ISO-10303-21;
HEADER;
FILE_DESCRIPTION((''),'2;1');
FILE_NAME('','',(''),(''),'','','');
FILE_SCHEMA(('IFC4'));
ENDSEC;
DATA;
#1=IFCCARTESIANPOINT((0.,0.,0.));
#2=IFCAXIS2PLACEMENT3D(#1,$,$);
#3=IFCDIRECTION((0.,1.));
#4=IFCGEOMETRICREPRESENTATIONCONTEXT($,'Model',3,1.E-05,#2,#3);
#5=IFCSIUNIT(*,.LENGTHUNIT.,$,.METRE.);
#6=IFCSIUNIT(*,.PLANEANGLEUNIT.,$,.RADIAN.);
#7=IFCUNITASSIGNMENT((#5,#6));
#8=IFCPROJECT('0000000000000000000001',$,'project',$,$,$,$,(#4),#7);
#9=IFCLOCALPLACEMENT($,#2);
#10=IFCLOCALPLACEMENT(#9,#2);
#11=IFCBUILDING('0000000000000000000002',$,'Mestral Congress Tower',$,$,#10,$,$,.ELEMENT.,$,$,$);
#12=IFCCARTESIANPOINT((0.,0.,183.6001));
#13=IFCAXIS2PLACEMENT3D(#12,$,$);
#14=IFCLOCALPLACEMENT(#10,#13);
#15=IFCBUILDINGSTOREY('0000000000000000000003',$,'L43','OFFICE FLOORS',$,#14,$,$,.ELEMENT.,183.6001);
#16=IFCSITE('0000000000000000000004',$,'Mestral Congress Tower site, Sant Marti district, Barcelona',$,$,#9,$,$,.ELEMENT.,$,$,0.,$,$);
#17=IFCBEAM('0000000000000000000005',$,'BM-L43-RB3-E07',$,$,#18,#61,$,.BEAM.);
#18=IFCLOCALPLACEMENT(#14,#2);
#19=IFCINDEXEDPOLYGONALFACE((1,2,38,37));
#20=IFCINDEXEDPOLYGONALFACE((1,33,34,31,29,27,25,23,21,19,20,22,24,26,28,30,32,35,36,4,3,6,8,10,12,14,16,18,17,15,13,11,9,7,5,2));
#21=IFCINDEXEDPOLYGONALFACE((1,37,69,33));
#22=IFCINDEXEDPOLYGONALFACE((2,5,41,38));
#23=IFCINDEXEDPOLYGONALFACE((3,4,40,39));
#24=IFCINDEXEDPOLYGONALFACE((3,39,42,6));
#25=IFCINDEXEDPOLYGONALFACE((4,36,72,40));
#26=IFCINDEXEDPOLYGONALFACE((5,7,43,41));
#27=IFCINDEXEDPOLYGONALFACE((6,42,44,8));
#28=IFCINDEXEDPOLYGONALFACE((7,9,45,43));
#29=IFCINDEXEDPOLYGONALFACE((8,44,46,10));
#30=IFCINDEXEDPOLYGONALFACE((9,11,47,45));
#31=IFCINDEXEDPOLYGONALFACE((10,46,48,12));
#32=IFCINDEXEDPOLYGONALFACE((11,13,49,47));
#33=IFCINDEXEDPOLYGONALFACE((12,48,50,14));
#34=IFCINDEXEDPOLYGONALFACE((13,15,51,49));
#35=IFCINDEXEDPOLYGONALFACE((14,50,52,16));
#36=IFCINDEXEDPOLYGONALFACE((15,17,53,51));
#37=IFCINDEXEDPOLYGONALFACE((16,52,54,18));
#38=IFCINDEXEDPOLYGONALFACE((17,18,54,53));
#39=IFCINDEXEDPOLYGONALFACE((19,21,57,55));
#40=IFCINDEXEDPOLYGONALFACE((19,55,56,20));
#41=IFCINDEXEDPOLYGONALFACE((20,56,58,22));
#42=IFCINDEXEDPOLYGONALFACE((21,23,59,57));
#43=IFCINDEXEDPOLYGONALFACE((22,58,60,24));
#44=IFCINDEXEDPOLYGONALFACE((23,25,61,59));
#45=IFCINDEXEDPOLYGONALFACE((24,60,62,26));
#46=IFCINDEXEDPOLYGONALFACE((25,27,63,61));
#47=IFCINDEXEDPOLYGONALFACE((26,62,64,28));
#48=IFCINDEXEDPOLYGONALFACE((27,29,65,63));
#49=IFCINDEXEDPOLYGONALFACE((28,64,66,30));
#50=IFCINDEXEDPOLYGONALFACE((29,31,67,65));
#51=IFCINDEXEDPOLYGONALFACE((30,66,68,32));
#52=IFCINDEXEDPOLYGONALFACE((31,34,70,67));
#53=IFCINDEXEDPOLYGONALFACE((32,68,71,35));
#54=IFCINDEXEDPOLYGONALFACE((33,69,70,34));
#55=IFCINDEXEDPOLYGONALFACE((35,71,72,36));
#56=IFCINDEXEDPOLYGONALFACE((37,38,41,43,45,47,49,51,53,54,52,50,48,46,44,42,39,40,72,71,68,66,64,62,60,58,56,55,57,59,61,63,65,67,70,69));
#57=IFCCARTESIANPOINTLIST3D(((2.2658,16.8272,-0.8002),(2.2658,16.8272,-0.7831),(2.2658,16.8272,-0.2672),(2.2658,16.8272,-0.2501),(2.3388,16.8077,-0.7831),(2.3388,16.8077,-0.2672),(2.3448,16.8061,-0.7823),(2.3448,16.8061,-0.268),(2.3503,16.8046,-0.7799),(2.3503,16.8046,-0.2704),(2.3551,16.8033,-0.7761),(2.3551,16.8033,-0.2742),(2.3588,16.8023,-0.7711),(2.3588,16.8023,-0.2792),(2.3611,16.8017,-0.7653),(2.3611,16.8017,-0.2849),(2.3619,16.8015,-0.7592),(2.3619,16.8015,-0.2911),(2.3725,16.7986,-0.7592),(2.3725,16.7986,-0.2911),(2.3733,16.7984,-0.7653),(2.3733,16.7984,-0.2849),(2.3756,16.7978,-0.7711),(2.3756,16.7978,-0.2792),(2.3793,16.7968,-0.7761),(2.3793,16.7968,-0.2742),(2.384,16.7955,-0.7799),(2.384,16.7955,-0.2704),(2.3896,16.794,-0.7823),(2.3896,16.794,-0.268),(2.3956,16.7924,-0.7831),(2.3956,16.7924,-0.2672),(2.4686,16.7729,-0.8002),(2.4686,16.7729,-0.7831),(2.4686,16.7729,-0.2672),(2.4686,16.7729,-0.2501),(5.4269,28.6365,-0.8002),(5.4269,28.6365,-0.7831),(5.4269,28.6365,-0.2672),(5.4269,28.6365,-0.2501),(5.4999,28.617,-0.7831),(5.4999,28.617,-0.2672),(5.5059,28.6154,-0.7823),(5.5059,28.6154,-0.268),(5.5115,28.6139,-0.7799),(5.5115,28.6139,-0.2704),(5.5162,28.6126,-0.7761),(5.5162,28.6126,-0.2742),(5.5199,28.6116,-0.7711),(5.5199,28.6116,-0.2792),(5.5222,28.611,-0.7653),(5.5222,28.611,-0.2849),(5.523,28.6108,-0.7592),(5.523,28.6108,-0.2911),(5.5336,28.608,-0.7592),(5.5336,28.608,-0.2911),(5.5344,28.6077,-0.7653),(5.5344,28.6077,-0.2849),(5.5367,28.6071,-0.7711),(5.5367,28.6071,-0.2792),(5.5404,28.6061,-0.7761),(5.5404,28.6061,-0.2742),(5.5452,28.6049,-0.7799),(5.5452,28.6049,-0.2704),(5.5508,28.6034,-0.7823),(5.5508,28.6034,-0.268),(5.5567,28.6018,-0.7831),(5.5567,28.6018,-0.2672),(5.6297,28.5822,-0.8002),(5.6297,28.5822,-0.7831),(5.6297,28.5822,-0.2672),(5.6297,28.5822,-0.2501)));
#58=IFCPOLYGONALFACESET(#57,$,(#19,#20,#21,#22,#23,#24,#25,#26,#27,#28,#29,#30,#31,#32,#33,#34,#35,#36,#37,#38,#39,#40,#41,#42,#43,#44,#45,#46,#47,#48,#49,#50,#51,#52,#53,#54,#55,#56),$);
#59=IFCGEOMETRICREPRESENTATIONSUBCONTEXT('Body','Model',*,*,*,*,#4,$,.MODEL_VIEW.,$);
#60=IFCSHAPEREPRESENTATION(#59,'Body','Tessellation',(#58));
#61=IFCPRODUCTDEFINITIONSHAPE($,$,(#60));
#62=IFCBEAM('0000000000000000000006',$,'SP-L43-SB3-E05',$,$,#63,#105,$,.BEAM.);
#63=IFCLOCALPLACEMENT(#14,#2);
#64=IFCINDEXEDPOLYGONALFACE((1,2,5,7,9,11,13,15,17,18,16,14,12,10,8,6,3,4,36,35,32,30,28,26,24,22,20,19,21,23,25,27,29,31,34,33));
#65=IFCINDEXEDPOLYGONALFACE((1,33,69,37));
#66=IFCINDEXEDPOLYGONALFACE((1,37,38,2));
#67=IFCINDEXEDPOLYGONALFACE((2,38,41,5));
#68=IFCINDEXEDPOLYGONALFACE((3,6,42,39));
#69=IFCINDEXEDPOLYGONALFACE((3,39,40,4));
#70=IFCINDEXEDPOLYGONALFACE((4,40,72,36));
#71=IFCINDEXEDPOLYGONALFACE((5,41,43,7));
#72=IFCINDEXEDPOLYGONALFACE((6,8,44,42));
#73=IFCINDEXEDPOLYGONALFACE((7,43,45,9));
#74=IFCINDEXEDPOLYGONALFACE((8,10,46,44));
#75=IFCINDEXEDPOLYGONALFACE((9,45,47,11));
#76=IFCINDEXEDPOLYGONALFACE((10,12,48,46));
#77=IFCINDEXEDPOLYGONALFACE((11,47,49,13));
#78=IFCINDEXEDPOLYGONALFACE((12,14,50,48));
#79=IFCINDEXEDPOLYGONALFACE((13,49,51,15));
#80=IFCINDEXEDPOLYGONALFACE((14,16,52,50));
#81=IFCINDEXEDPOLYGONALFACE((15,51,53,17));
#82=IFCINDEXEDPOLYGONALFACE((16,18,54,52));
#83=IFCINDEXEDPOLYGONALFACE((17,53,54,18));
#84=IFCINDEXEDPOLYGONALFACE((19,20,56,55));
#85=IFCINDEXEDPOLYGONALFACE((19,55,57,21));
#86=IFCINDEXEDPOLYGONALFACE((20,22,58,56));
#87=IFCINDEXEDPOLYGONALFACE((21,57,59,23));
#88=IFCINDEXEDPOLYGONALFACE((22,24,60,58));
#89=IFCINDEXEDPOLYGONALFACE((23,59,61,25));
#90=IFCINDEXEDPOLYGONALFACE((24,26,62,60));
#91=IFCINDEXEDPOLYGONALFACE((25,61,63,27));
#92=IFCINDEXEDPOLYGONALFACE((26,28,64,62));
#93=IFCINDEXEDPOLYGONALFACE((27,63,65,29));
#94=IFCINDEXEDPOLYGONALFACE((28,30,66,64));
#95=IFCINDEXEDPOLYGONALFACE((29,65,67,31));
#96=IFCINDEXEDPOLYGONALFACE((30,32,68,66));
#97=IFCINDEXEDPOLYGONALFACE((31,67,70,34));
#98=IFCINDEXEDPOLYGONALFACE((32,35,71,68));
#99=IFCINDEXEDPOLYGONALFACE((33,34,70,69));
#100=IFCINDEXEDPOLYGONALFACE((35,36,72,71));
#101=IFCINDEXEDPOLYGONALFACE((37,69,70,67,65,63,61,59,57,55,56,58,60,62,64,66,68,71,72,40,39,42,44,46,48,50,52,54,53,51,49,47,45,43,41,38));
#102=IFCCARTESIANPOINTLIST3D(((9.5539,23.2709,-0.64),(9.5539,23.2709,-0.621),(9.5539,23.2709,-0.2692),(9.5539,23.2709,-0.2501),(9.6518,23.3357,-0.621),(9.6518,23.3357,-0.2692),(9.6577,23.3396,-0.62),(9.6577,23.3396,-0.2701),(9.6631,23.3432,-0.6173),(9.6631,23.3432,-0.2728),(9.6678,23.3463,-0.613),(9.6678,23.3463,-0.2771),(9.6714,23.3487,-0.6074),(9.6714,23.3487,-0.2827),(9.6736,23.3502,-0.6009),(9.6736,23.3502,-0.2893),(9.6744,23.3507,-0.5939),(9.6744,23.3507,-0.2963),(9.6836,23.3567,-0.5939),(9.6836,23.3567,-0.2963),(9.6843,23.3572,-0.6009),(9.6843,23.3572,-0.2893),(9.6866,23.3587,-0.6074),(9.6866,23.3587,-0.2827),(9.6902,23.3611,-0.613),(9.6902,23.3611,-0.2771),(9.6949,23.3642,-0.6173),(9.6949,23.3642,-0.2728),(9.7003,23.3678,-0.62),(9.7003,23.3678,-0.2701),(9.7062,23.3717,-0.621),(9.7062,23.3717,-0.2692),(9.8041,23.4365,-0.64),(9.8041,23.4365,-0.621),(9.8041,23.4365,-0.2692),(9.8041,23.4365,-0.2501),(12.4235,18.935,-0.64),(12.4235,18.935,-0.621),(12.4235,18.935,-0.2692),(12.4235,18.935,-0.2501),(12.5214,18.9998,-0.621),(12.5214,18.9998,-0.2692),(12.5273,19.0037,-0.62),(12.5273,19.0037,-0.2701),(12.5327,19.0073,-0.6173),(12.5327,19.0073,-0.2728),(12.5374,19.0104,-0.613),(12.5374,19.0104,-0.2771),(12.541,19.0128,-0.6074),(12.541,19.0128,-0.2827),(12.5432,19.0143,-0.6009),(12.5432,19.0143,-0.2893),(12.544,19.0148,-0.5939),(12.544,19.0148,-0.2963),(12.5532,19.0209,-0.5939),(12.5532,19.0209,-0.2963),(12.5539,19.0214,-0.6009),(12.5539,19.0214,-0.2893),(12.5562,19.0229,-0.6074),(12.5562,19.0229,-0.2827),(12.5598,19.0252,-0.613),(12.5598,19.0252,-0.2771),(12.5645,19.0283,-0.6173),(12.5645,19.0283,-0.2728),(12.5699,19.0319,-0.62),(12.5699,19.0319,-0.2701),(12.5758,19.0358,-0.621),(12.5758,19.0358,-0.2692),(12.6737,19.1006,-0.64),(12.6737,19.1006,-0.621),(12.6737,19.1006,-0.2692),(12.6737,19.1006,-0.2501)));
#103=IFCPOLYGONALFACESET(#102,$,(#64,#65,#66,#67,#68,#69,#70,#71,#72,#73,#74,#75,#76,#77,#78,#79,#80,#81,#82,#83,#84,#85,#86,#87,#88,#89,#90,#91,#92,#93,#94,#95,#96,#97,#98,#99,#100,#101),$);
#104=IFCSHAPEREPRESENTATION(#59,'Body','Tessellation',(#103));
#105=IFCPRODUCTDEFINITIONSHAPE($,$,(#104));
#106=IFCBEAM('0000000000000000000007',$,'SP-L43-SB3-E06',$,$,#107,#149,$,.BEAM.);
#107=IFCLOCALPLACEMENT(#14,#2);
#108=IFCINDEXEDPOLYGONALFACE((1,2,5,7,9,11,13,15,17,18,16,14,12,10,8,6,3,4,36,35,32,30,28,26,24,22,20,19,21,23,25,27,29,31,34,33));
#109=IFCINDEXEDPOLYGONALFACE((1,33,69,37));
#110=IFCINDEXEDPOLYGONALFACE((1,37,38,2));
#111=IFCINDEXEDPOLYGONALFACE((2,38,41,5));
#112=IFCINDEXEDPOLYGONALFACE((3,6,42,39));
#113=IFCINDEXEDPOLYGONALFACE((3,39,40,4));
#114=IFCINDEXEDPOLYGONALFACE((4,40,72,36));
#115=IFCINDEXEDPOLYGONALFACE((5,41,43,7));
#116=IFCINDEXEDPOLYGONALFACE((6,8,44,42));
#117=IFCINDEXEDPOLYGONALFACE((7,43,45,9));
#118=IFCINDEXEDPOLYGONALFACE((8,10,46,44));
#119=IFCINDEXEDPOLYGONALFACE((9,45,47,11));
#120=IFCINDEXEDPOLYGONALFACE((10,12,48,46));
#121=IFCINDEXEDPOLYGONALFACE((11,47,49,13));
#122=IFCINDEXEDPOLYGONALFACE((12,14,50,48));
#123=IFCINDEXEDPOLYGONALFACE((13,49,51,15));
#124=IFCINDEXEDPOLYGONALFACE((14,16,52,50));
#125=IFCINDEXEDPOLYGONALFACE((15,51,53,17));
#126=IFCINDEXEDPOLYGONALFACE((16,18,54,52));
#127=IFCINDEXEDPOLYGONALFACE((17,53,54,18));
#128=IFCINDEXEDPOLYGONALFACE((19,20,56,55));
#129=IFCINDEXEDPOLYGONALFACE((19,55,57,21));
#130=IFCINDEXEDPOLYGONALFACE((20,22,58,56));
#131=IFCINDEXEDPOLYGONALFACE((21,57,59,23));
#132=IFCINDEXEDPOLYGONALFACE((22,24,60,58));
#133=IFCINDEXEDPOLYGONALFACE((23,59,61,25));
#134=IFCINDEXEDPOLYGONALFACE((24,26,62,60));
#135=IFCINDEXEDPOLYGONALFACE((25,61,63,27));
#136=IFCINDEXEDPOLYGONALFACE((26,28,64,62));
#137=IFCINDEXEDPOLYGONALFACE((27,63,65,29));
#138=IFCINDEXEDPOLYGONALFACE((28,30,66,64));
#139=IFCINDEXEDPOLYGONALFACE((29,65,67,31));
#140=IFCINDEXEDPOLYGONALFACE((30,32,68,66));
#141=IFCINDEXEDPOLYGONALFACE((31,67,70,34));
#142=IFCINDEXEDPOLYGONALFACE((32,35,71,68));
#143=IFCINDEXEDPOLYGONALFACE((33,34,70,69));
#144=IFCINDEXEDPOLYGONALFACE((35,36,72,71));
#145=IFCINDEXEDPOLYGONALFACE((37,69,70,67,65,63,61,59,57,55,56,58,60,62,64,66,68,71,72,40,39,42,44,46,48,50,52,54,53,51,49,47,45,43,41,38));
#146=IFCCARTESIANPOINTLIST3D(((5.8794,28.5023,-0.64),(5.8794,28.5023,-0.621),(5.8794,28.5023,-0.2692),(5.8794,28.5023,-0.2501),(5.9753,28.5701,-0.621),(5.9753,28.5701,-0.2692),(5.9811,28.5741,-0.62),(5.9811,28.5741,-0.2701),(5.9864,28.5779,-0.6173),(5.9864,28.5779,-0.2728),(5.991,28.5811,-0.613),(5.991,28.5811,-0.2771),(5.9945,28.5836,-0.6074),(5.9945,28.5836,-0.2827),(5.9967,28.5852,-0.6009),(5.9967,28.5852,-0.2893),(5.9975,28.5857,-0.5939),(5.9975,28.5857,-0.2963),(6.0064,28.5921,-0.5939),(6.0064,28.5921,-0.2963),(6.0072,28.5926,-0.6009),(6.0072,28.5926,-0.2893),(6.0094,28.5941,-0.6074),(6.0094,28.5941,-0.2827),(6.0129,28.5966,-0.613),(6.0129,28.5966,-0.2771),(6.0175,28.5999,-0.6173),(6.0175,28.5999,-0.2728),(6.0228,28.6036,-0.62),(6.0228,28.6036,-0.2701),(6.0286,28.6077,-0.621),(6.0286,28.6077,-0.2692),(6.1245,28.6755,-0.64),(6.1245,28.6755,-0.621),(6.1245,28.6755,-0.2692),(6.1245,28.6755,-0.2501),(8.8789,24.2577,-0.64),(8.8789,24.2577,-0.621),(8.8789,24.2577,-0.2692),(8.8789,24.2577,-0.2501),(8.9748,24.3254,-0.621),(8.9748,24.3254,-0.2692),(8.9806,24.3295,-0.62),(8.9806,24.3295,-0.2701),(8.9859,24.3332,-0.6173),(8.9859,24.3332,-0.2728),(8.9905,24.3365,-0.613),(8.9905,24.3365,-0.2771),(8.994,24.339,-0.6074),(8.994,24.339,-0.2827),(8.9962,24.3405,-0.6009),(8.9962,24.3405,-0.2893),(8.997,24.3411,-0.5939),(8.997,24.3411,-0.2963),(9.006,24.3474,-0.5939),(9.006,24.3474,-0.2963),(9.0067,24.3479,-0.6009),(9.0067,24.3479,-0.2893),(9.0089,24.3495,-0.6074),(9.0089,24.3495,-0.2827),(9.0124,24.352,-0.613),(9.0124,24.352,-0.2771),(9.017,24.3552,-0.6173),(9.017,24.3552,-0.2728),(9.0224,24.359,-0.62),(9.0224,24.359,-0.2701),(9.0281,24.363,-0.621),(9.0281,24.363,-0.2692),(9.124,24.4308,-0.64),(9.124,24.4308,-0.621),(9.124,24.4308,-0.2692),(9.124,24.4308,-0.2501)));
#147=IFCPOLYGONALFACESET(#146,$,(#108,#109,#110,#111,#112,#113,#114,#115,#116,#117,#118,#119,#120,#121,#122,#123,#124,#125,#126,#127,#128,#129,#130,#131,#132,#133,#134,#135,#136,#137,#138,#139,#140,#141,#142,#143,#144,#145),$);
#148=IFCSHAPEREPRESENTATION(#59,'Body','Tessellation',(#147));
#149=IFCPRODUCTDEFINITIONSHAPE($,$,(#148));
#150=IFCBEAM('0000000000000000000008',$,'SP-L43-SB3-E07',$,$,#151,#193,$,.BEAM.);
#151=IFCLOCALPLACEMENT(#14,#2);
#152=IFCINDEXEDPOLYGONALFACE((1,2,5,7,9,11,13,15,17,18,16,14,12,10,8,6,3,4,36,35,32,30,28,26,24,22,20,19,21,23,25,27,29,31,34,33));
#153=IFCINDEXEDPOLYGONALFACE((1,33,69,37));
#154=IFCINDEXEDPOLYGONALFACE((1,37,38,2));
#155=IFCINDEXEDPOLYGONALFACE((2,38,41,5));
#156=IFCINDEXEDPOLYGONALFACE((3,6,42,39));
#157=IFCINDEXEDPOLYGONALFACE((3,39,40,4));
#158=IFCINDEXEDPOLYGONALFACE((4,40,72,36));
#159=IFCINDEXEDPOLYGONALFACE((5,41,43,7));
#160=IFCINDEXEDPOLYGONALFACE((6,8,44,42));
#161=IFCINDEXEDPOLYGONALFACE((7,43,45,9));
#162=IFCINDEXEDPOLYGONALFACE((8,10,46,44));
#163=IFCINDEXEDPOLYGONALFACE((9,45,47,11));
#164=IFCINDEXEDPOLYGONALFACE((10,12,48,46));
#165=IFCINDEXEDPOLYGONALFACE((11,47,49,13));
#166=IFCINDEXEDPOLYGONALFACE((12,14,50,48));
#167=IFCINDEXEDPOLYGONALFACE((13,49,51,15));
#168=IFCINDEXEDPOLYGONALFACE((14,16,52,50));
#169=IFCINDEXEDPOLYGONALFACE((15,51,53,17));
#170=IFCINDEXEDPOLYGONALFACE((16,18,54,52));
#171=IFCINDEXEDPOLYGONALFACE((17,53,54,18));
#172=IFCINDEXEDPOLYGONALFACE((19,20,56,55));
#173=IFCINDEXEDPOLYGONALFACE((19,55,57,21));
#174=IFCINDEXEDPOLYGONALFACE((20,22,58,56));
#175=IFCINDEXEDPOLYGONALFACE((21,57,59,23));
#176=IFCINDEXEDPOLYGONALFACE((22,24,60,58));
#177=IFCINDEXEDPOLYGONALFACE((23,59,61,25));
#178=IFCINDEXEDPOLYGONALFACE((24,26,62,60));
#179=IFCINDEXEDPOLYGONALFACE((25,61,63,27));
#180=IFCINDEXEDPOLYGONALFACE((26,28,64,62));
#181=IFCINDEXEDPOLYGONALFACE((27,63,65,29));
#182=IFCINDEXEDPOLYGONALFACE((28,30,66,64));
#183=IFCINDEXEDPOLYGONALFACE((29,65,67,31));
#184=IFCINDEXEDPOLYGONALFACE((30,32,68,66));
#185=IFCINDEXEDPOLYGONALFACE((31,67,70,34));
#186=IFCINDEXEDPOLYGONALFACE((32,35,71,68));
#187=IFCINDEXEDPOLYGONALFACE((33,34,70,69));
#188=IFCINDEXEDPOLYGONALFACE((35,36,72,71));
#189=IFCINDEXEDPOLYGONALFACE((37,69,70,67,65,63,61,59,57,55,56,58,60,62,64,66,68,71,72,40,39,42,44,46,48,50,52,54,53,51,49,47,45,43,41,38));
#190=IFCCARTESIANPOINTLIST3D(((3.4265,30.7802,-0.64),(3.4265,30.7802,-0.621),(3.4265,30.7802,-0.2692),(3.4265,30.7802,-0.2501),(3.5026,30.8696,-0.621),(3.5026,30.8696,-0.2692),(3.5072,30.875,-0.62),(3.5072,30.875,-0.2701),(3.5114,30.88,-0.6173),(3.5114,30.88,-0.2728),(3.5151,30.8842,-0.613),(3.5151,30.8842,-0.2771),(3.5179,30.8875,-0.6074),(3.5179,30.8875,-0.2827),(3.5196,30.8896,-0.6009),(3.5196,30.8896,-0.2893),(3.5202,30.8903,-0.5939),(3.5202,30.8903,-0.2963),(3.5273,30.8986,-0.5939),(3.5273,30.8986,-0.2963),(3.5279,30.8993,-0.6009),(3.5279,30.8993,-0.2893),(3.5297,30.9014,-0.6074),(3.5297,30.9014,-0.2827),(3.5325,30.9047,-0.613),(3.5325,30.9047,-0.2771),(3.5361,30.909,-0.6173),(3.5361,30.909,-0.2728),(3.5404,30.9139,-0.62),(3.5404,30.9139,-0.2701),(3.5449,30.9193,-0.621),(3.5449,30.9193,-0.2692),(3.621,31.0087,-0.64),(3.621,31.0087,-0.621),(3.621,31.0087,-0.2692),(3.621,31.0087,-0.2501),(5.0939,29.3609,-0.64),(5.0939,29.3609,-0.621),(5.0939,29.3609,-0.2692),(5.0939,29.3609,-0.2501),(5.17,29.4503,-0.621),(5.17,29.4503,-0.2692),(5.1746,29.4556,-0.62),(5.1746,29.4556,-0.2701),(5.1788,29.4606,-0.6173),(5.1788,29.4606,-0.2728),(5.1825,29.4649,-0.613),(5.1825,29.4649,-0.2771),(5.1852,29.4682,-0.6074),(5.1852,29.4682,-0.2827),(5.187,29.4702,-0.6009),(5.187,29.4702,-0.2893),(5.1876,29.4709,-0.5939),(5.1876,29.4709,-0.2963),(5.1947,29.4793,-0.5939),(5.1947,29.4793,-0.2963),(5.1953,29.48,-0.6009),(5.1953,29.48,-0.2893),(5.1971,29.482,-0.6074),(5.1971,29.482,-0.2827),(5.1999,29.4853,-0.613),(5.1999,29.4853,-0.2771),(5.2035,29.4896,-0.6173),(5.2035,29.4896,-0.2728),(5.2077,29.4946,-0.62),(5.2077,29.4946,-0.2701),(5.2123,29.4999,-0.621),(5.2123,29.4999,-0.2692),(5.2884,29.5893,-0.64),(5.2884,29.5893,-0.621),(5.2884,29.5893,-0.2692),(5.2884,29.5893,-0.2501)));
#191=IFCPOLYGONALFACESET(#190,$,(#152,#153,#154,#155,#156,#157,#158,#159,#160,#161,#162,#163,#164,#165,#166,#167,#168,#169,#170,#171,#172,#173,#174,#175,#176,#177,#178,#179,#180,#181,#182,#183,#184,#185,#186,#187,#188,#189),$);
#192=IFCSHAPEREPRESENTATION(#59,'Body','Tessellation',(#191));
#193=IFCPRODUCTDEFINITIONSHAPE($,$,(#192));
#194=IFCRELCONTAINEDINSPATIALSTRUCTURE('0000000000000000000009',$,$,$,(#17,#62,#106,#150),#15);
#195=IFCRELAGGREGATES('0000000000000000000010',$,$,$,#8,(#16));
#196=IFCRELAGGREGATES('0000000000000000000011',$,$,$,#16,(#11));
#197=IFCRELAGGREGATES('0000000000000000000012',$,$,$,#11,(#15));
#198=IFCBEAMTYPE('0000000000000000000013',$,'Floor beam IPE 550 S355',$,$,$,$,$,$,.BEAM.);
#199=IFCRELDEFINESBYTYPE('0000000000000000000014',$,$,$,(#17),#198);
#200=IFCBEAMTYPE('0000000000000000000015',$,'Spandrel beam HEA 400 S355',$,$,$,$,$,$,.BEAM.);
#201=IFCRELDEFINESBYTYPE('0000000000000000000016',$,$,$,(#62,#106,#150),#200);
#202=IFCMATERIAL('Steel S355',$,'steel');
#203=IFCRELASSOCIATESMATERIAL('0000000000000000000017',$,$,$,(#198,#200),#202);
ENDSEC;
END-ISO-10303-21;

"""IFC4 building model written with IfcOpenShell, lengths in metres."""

from ifc_helpers import new_model, si_unit, direction, frame, origin, origin_2d, place, context, subcontext, project, spatial, i_section, extrude, material, material_profile, profile_set, type_object, element, save


model = new_model("IFC4")

# Units and contexts
model_context = context("Model", 3, precision=1e-05, world=origin(), true_north=direction((0.0, 1.0)))
body_context = subcontext(model_context, "Body", "Model", "MODEL_VIEW")
ifc_project = project(units=[si_unit("LENGTHUNIT", "METRE"), si_unit("PLANEANGLEUNIT", "RADIAN")], contexts=[model_context])

# Site, building, storey
site_placement = place(None, origin())
site = spatial("IfcSite", under=ifc_project, at=site_placement, Name="Mestral Congress Tower site, Sant Marti district, Barcelona", CompositionType="ELEMENT", RefElevation=0.0)
building_placement = place(site_placement, origin())
building = spatial("IfcBuilding", under=site, at=building_placement, Name="Mestral Congress Tower", CompositionType="ELEMENT")
storey_placement = place(building_placement, frame((0.0, 0.0, 183.6001)))
storey = spatial("IfcBuildingStorey", under=building, at=storey_placement, Name="L43", Description="OFFICE FLOORS", CompositionType="ELEMENT", Elevation=183.6001)

# Beams
ifc_material_1 = material(Name="Steel S355", Category="steel")
ifc_material_profile_1 = material_profile(ifc_material_1, i_section(OverallWidth=0.21, OverallDepth=0.55, WebThickness=0.011, FlangeThickness=0.0171, FilletRadius=0.0239, at=origin_2d()), Name="IPE 550")
ifc_profile_set_1 = profile_set([ifc_material_profile_1], Name="Steel S355")
beam_type_1 = type_object("IfcBeamType", Name="Floor beam IPE 550 S355", PredefinedType="BEAM", material=ifc_profile_set_1)
beam_1_placement = place(storey_placement, frame((5.5283, 28.6094, -0.5251), z_axis=(-0.258577, -0.965991, 0.0), x_axis=(0.965991, -0.258577, 0.0)))
element("IfcBeam", 1, at=beam_1_placement, inside=storey, type_object=beam_type_1, Name="BM-L43-RB3-E07", PredefinedType="BEAM", context=body_context, shape_type="SweptSolid", body=[
    extrude(i_section(OverallWidth=0.21, OverallDepth=0.55, WebThickness=0.011, FlangeThickness=0.0171, FilletRadius=0.0239, at=origin_2d()), origin(), (0.0, 0.0, 1.0), 12.2251),
])
ifc_material_profile_2 = material_profile(ifc_material_1, i_section(OverallWidth=0.3, OverallDepth=0.3899, WebThickness=0.011, FlangeThickness=0.019, FilletRadius=0.0271, at=origin_2d()), Name="HEA 400")
ifc_profile_set_2 = profile_set([ifc_material_profile_2], Name="Steel S355")
beam_type_2 = type_object("IfcBeamType", Name="Spandrel beam HEA 400 S355", PredefinedType="BEAM", material=ifc_profile_set_2)
beam_2_placement = place(storey_placement, frame((12.5486, 19.0178, -0.4451), z_axis=(-0.551901, 0.833909, 0.0), x_axis=(-0.833909, -0.551901, 0.0)))
element("IfcBeam", 2, at=beam_2_placement, inside=storey, type_object=beam_type_2, Name="SP-L43-SB3-E05", PredefinedType="BEAM", context=body_context, shape_type="SweptSolid", body=[
    extrude(i_section(OverallWidth=0.3, OverallDepth=0.3899, WebThickness=0.011, FlangeThickness=0.019, FilletRadius=0.0271, at=origin_2d()), origin(), (0.0, 0.0, 1.0), 5.1995),
])
beam_3_placement = place(storey_placement, frame((9.0015, 24.3442, -0.4451), z_axis=(-0.577107, 0.816668, 0.0), x_axis=(-0.816668, -0.577107, 0.0)))
element("IfcBeam", 3, at=beam_3_placement, inside=storey, type_object=beam_type_2, Name="SP-L43-SB3-E06", PredefinedType="BEAM", context=body_context, shape_type="SweptSolid", body=[
    extrude(i_section(OverallWidth=0.3, OverallDepth=0.3899, WebThickness=0.011, FlangeThickness=0.019, FilletRadius=0.0271, at=origin_2d()), origin(), (0.0, 0.0, 1.0), 5.1975),
])
beam_4_placement = place(storey_placement, frame((5.1912, 29.4751, -0.4451), z_axis=(-0.761471, 0.648198, 0.0), x_axis=(-0.648198, -0.761471, 0.0)))
element("IfcBeam", 4, at=beam_4_placement, inside=storey, type_object=beam_type_2, Name="SP-L43-SB3-E07", PredefinedType="BEAM", context=body_context, shape_type="SweptSolid", body=[
    extrude(i_section(OverallWidth=0.3, OverallDepth=0.3899, WebThickness=0.011, FlangeThickness=0.019, FilletRadius=0.0271, at=origin_2d()), origin(), (0.0, 0.0, 1.0), 2.1897),
])

save(model, "model.ifc")
